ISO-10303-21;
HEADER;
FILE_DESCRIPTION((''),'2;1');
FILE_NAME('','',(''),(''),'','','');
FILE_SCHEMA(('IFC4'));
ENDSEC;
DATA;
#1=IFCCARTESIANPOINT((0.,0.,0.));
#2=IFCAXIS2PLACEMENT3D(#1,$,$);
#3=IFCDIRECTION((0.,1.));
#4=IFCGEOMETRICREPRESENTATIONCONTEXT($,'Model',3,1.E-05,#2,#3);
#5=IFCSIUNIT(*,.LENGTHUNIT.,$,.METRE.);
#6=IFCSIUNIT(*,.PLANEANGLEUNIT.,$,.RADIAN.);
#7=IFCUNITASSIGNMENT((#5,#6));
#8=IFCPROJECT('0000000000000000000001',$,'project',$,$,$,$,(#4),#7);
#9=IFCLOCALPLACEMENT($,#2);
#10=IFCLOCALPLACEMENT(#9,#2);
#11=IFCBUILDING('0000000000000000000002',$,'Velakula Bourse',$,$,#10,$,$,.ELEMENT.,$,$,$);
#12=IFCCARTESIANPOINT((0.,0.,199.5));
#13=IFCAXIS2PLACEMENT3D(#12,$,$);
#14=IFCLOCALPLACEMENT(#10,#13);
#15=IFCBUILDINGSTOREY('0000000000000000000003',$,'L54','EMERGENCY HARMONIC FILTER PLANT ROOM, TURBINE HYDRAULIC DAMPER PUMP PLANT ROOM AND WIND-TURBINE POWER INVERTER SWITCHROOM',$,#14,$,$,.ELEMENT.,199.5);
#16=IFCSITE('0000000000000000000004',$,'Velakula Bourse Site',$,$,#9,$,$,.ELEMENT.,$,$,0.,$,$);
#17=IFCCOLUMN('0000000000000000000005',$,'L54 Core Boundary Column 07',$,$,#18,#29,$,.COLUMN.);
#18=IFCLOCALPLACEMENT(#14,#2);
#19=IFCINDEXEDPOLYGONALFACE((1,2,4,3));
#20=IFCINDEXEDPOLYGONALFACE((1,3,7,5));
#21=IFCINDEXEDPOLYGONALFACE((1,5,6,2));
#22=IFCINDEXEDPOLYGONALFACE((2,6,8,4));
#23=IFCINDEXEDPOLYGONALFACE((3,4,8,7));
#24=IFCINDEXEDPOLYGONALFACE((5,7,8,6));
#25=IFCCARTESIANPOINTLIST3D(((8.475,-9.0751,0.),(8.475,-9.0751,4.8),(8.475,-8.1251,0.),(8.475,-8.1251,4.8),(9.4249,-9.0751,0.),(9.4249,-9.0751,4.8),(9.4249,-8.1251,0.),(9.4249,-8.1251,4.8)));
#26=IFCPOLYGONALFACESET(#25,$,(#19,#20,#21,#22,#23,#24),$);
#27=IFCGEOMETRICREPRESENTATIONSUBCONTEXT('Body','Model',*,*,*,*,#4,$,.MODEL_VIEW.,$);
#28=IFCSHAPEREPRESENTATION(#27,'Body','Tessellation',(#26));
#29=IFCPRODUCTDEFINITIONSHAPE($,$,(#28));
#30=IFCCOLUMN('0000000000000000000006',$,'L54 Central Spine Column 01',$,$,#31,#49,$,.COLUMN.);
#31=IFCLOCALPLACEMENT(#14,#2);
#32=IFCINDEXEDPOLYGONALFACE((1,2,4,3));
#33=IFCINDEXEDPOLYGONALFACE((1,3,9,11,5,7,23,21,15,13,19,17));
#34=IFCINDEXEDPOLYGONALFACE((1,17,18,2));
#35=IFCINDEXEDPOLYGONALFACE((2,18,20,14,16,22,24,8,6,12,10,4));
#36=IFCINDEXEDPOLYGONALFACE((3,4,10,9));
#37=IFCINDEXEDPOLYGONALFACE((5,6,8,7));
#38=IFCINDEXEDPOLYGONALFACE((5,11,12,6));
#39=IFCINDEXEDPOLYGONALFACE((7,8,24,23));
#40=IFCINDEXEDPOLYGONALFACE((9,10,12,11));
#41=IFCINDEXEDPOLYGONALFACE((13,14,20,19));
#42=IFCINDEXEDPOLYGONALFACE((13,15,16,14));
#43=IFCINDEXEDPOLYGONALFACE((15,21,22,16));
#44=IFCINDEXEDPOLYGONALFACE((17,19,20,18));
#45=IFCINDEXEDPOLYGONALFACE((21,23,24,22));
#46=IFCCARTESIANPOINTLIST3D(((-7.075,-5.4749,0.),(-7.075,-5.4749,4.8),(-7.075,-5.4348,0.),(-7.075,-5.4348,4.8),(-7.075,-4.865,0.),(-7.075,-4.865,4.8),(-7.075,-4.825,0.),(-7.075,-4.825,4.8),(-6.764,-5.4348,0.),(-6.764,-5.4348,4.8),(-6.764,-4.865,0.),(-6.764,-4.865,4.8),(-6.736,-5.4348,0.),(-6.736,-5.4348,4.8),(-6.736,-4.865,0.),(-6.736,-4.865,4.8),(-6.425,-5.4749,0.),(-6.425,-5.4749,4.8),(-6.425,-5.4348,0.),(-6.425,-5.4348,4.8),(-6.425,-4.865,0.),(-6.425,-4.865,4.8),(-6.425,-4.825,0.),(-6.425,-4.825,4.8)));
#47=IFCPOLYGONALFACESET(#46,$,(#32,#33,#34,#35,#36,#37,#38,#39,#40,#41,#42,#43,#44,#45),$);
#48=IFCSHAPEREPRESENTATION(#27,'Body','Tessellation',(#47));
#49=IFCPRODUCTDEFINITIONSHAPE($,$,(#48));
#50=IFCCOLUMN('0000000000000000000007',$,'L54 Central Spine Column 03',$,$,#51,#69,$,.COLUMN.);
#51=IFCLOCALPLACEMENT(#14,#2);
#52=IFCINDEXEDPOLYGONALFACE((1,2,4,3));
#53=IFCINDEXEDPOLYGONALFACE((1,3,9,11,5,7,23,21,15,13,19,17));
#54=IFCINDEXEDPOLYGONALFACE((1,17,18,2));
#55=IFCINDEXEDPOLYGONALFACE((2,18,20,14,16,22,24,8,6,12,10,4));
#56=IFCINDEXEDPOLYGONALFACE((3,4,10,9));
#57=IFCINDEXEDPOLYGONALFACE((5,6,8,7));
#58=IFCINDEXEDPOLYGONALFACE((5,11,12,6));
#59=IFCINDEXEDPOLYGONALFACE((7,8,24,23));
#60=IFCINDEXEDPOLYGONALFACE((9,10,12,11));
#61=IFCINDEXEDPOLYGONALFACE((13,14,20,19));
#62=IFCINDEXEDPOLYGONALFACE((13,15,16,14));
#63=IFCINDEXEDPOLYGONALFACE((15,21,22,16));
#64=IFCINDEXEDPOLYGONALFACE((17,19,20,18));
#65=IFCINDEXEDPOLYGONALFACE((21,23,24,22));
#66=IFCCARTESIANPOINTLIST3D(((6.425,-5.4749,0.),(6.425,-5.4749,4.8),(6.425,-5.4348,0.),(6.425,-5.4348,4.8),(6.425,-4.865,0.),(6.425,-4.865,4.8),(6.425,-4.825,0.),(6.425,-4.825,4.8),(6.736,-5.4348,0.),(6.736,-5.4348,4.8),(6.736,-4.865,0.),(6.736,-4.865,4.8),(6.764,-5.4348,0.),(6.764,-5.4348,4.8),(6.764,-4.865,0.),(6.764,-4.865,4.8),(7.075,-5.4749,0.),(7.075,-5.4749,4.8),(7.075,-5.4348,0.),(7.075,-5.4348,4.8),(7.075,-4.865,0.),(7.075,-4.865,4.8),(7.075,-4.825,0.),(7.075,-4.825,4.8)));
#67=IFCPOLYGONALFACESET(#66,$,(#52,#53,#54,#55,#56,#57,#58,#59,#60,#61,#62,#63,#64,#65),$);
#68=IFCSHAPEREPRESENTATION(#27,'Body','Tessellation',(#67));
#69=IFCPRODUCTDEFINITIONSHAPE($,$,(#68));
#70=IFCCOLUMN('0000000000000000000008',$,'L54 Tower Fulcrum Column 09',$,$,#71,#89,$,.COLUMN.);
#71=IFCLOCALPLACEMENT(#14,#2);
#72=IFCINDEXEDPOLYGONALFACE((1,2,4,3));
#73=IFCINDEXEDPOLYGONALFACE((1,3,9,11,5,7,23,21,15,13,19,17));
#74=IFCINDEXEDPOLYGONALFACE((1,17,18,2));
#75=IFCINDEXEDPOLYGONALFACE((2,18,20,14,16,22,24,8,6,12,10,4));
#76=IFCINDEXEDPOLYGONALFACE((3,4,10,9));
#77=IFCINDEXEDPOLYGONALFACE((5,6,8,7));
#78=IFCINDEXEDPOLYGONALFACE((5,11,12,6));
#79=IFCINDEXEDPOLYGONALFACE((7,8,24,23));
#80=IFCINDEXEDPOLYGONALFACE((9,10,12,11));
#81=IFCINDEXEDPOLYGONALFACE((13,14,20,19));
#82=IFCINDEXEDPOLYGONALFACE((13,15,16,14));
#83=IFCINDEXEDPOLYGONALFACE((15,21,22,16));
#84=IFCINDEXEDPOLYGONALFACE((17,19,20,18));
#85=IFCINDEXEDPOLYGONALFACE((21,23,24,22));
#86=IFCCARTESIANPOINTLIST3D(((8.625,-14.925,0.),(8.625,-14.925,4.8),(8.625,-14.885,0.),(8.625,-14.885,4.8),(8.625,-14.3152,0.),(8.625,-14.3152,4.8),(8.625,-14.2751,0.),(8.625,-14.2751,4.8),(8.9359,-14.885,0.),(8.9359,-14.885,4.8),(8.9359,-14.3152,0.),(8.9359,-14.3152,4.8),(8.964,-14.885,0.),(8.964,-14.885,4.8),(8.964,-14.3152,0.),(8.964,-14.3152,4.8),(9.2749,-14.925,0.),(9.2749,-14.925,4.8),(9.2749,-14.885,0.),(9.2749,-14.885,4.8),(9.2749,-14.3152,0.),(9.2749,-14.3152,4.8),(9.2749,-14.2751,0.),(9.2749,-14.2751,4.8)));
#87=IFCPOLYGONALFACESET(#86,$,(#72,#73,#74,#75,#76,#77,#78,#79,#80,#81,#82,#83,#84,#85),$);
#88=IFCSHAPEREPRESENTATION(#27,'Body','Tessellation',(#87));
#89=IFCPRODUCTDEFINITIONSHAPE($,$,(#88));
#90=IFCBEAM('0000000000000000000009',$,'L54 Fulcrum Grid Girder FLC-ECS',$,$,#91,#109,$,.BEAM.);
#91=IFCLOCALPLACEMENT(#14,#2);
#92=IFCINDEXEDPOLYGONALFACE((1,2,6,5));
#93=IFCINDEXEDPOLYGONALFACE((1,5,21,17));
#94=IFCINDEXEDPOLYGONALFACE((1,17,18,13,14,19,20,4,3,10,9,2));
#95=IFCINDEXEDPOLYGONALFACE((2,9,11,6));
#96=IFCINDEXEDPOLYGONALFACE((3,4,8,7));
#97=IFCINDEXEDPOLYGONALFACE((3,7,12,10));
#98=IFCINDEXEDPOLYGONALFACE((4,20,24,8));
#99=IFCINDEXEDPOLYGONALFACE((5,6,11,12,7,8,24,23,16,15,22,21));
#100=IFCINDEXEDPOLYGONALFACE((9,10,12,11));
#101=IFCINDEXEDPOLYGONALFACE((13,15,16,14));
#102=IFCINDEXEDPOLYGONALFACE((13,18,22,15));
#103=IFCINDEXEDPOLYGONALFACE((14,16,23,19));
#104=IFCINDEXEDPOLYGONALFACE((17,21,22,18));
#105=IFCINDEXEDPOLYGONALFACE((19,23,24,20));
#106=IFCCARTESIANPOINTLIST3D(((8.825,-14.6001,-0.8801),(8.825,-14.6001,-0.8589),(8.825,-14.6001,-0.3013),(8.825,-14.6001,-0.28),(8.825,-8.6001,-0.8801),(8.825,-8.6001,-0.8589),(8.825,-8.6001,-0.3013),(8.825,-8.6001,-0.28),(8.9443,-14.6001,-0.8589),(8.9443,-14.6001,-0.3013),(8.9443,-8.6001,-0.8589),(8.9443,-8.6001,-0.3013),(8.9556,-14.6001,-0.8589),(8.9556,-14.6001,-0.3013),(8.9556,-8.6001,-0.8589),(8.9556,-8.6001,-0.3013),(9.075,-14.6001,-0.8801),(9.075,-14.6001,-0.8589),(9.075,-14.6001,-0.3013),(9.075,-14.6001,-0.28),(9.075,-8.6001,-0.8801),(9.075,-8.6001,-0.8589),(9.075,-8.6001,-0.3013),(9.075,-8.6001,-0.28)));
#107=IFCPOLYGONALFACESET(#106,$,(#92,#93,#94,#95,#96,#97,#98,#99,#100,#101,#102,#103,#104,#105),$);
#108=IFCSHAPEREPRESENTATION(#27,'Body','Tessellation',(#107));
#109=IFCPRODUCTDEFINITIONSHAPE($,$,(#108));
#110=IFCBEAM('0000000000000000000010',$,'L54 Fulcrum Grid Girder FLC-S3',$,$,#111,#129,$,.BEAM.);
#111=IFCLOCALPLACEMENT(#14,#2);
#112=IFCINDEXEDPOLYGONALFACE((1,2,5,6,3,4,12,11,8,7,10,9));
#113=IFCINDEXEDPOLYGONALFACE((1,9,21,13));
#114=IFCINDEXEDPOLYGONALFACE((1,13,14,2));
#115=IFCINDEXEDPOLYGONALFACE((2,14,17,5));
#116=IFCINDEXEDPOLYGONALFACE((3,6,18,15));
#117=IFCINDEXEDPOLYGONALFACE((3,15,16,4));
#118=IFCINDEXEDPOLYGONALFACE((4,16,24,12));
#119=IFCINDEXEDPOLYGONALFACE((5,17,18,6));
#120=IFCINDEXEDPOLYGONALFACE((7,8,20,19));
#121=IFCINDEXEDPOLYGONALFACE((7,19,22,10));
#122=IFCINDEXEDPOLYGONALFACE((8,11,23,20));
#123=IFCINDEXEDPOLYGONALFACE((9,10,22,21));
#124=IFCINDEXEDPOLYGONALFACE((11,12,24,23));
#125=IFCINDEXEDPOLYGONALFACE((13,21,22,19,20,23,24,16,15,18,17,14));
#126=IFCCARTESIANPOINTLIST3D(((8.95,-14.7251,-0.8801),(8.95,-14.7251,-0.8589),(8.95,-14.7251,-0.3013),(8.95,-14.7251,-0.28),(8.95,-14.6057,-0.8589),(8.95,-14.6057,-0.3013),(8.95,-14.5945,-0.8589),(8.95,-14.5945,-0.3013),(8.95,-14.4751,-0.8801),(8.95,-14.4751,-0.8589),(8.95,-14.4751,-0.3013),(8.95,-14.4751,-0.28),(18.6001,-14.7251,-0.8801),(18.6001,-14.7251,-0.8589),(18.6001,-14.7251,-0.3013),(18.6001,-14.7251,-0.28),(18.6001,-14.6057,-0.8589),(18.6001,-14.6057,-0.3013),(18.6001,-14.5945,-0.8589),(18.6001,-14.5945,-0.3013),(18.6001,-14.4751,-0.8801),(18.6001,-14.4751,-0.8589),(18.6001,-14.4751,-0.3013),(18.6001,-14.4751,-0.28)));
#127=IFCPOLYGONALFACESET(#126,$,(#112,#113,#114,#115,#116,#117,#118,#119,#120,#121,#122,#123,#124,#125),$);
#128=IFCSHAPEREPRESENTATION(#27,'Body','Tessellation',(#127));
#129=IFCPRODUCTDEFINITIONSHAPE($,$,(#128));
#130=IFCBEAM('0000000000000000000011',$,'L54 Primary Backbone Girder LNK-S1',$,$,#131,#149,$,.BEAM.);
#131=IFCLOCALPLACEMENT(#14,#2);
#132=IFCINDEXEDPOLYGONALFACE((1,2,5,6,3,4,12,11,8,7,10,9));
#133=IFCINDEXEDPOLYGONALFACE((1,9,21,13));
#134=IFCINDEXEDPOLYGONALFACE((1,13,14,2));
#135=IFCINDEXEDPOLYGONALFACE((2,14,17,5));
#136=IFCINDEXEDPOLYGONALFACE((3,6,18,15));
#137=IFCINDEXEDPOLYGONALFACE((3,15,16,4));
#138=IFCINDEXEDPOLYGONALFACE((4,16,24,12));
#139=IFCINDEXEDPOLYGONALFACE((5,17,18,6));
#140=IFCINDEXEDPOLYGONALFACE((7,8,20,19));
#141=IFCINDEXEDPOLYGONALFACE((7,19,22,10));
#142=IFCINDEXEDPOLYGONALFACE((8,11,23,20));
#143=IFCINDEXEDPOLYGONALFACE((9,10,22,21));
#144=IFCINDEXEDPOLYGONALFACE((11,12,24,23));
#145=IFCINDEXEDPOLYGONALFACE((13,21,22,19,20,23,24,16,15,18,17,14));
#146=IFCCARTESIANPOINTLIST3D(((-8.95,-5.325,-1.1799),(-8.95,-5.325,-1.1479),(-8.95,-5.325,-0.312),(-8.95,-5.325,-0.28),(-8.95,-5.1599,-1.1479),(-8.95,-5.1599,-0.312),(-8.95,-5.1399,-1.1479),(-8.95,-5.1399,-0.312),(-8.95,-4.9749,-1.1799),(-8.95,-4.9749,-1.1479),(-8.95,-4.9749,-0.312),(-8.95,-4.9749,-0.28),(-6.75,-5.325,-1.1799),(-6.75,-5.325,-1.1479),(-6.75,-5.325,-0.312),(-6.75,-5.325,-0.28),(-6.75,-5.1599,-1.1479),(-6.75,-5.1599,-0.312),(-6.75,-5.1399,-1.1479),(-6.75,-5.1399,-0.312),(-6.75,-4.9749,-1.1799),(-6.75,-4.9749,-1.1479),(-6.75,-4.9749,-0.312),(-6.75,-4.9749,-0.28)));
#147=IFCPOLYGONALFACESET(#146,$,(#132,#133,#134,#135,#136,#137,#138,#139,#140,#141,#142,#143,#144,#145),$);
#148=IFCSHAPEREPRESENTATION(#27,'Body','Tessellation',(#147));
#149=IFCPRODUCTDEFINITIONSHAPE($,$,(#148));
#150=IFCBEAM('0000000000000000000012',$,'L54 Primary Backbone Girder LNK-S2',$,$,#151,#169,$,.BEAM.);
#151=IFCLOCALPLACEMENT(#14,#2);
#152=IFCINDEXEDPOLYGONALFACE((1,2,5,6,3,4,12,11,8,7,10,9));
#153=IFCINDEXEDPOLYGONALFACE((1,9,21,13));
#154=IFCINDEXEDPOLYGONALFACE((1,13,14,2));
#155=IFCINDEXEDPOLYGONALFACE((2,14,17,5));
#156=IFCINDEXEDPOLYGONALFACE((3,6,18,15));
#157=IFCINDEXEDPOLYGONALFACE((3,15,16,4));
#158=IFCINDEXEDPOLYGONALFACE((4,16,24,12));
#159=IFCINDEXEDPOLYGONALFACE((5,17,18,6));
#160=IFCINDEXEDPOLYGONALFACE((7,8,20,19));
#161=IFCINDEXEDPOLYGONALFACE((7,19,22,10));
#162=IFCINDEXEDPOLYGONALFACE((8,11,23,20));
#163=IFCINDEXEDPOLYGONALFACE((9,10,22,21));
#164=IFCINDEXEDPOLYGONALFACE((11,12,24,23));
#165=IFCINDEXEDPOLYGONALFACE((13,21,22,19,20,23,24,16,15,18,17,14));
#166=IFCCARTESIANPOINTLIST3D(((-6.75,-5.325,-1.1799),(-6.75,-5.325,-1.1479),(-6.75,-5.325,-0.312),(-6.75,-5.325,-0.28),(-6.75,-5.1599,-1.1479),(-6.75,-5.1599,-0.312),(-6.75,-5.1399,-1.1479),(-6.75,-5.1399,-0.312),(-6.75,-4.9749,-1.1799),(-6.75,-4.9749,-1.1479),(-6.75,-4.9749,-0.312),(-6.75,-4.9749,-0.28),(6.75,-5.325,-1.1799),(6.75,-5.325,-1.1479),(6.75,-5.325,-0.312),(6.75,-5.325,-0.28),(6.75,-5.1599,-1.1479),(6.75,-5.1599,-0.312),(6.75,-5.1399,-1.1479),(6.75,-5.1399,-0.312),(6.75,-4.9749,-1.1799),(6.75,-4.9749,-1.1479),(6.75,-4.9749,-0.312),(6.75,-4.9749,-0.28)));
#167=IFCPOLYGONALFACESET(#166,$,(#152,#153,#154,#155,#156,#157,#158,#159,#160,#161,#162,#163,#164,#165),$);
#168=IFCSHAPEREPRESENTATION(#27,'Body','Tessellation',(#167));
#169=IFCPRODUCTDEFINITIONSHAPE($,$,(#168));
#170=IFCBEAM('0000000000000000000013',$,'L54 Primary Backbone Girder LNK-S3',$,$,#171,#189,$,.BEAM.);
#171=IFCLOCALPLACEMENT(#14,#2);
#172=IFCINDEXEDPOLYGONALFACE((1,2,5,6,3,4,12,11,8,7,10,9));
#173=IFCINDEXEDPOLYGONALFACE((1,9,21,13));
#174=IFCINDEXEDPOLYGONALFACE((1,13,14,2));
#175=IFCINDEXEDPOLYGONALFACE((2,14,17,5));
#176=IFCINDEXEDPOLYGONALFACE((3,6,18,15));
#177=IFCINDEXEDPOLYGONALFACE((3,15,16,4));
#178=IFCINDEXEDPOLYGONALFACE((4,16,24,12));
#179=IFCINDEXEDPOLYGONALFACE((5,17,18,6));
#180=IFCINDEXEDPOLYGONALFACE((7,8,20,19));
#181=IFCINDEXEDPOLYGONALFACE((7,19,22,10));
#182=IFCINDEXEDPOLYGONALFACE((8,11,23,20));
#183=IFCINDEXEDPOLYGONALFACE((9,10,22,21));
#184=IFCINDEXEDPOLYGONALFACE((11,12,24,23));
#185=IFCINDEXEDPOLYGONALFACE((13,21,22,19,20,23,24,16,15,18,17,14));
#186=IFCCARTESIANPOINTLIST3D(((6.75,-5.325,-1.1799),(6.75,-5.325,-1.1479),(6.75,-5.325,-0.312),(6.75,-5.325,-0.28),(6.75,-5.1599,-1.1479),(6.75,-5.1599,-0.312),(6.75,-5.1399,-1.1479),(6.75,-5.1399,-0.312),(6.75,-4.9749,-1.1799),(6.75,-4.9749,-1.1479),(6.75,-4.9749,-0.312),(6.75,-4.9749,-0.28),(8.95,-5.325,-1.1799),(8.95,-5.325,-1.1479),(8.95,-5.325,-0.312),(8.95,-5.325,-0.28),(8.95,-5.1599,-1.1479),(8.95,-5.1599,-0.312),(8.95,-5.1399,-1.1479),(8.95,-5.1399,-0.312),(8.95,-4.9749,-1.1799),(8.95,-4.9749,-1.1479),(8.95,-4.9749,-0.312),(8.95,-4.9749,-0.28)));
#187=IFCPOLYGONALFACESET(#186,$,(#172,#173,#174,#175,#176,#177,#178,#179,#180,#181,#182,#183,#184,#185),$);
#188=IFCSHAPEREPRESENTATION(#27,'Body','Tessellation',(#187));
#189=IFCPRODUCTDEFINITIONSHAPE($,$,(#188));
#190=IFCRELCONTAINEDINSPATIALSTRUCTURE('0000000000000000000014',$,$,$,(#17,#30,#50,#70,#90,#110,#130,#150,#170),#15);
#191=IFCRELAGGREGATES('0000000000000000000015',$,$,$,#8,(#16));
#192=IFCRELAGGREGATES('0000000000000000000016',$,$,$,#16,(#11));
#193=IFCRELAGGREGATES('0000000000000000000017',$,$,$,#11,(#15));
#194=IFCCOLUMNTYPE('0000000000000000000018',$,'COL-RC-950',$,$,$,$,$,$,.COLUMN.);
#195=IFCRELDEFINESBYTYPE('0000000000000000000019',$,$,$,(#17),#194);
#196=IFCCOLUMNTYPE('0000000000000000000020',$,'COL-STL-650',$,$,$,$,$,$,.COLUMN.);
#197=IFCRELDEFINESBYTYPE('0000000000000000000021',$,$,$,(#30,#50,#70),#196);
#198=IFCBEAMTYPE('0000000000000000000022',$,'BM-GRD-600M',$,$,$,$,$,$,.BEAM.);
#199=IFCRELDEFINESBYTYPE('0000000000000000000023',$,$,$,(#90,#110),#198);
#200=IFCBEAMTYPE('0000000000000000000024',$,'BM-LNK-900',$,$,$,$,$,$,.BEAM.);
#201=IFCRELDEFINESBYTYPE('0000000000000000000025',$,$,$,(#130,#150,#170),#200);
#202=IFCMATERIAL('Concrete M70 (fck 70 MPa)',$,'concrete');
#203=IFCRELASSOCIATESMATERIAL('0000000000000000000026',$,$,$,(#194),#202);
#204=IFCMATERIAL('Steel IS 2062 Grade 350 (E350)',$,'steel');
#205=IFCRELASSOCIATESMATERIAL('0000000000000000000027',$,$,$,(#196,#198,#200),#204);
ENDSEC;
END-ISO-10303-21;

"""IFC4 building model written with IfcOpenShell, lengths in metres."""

from ifc_helpers import new_model, si_unit, direction, frame, origin, origin_2d, place, context, subcontext, project, spatial, rectangle, i_section, extrude, material, material_profile, profile_set, type_object, element, save


model = new_model("IFC4")

# Units and contexts
model_context = context("Model", 3, precision=1e-05, world=origin(), true_north=direction((0.0, 1.0)))
body_context = subcontext(model_context, "Body", "Model", "MODEL_VIEW")
ifc_project = project(units=[si_unit("LENGTHUNIT", "METRE"), si_unit("PLANEANGLEUNIT", "RADIAN")], contexts=[model_context])

# Site, building, storey
site_placement = place(None, origin())
site = spatial("IfcSite", under=ifc_project, at=site_placement, Name="Velakula Bourse Site", CompositionType="ELEMENT", RefElevation=0.0)
building_placement = place(site_placement, origin())
building = spatial("IfcBuilding", under=site, at=building_placement, Name="Velakula Bourse", CompositionType="ELEMENT")
storey_placement = place(building_placement, frame((0.0, 0.0, 199.5)))
storey = spatial("IfcBuildingStorey", under=building, at=storey_placement, Name="L54", Description="EMERGENCY HARMONIC FILTER PLANT ROOM, TURBINE HYDRAULIC DAMPER PUMP PLANT ROOM AND WIND-TURBINE POWER INVERTER SWITCHROOM", CompositionType="ELEMENT", Elevation=199.5)

# Columns
ifc_material_1 = material(Name="Concrete M70 (fck 70 MPa)", Category="concrete")
ifc_material_profile_1 = material_profile(ifc_material_1, rectangle(XDim=0.95, YDim=0.95, at=origin_2d()), Name="Concrete M70 (fck 70 MPa)")
ifc_profile_set_1 = profile_set([ifc_material_profile_1], Name="Concrete M70 (fck 70 MPa)")
column_type_1 = type_object("IfcColumnType", Name="COL-RC-950", PredefinedType="COLUMN", material=ifc_profile_set_1)
column_placement = place(storey_placement, frame((8.95, -8.6001, 0.0), z_axis=(0.0, 0.0, 1.0), x_axis=(1.0, 0.0, 0.0)))
element("IfcColumn", 1, at=column_placement, inside=storey, type_object=column_type_1, Name="L54 Core Boundary Column 07", PredefinedType="COLUMN", context=body_context, shape_type="SweptSolid", body=[
    extrude(rectangle(XDim=0.95, YDim=0.95, at=origin_2d()), origin(), (0.0, 0.0, 1.0), 4.8),
])
ifc_material_2 = material(Name="Steel IS 2062 Grade 350 (E350)", Category="steel")
ifc_material_profile_2 = material_profile(ifc_material_2, i_section(OverallWidth=0.6499, OverallDepth=0.6499, WebThickness=0.0281, FlangeThickness=0.04, at=origin_2d()), Name="Steel IS 2062 Grade 350 (E350)")
ifc_profile_set_2 = profile_set([ifc_material_profile_2], Name="Steel IS 2062 Grade 350 (E350)")
column_type_2 = type_object("IfcColumnType", Name="COL-STL-650", PredefinedType="COLUMN", material=ifc_profile_set_2)
for number, where, z_axis, x_axis, name in (
    (2, (-6.75, -5.1499, 0.0), (0.0, 0.0, 1.0), (1.0, 0.0, 0.0), "L54 Central Spine Column 01"),
    (3, (6.75, -5.1499, 0.0), (0.0, 0.0, 1.0), (1.0, 0.0, 0.0), "L54 Central Spine Column 03"),
    (4, (8.95, -14.6001, 0.0), (0.0, 0.0, 1.0), (1.0, 0.0, 0.0), "L54 Tower Fulcrum Column 09"),
):
    element("IfcColumn", number, at=place(storey_placement, frame(where, z_axis=z_axis, x_axis=x_axis)), inside=storey, type_object=column_type_2, Name=name, PredefinedType="COLUMN", context=body_context, shape_type="SweptSolid", body=[
        extrude(i_section(OverallWidth=0.6499, OverallDepth=0.6499, WebThickness=0.0281, FlangeThickness=0.04, at=origin_2d()), origin(), (0.0, 0.0, 1.0), 4.8),
    ])

# Beams
ifc_material_profile_3 = material_profile(ifc_material_2, i_section(OverallWidth=0.25, OverallDepth=0.6001, WebThickness=0.0112, FlangeThickness=0.0212, at=origin_2d()), Name="Steel IS 2062 Grade 350 (E350)")
ifc_profile_set_3 = profile_set([ifc_material_profile_3], Name="Steel IS 2062 Grade 350 (E350)")
beam_type_1 = type_object("IfcBeamType", Name="BM-GRD-600M", PredefinedType="BEAM", material=ifc_profile_set_3)
beam_1_placement = place(storey_placement, frame((8.95, -14.6001, -0.5801), z_axis=(0.0, 1.0, 0.0), x_axis=(-1.0, 0.0, 0.0)))
element("IfcBeam", 5, at=beam_1_placement, inside=storey, type_object=beam_type_1, Name="L54 Fulcrum Grid Girder FLC-ECS", PredefinedType="BEAM", context=body_context, shape_type="SweptSolid", body=[
    extrude(i_section(OverallWidth=0.25, OverallDepth=0.6001, WebThickness=0.0112, FlangeThickness=0.0212, at=origin_2d()), origin(), (0.0, 0.0, 1.0), 6.0),
])
beam_2_placement = place(storey_placement, frame((8.95, -14.6001, -0.5801), z_axis=(1.0, 0.0, 0.0), x_axis=(0.0, 1.0, 0.0)))
element("IfcBeam", 6, at=beam_2_placement, inside=storey, type_object=beam_type_1, Name="L54 Fulcrum Grid Girder FLC-S3", PredefinedType="BEAM", context=body_context, shape_type="SweptSolid", body=[
    extrude(i_section(OverallWidth=0.25, OverallDepth=0.6001, WebThickness=0.0112, FlangeThickness=0.0212, at=origin_2d()), origin(), (0.0, 0.0, 1.0), 9.6501),
])
ifc_material_profile_4 = material_profile(ifc_material_2, i_section(OverallWidth=0.3501, OverallDepth=0.8999, WebThickness=0.02, FlangeThickness=0.032, at=origin_2d()), Name="Steel IS 2062 Grade 350 (E350)")
ifc_profile_set_4 = profile_set([ifc_material_profile_4], Name="Steel IS 2062 Grade 350 (E350)")
beam_type_2 = type_object("IfcBeamType", Name="BM-LNK-900", PredefinedType="BEAM", material=ifc_profile_set_4)
beam_3_placement = place(storey_placement, frame((-8.95, -5.1499, -0.73), z_axis=(1.0, 0.0, 0.0), x_axis=(0.0, 1.0, 0.0)))
element("IfcBeam", 7, at=beam_3_placement, inside=storey, type_object=beam_type_2, Name="L54 Primary Backbone Girder LNK-S1", PredefinedType="BEAM", context=body_context, shape_type="SweptSolid", body=[
    extrude(i_section(OverallWidth=0.3501, OverallDepth=0.8999, WebThickness=0.02, FlangeThickness=0.032, at=origin_2d()), origin(), (0.0, 0.0, 1.0), 2.2),
])
beam_4_placement = place(storey_placement, frame((-6.75, -5.1499, -0.73), z_axis=(1.0, 0.0, 0.0), x_axis=(0.0, 1.0, 0.0)))
element("IfcBeam", 8, at=beam_4_placement, inside=storey, type_object=beam_type_2, Name="L54 Primary Backbone Girder LNK-S2", PredefinedType="BEAM", context=body_context, shape_type="SweptSolid", body=[
    extrude(i_section(OverallWidth=0.3501, OverallDepth=0.8999, WebThickness=0.02, FlangeThickness=0.032, at=origin_2d()), origin(), (0.0, 0.0, 1.0), 13.5),
])
beam_5_placement = place(storey_placement, frame((6.75, -5.1499, -0.73), z_axis=(1.0, 0.0, 0.0), x_axis=(0.0, 1.0, 0.0)))
element("IfcBeam", 9, at=beam_5_placement, inside=storey, type_object=beam_type_2, Name="L54 Primary Backbone Girder LNK-S3", PredefinedType="BEAM", context=body_context, shape_type="SweptSolid", body=[
    extrude(i_section(OverallWidth=0.3501, OverallDepth=0.8999, WebThickness=0.02, FlangeThickness=0.032, at=origin_2d()), origin(), (0.0, 0.0, 1.0), 2.2),
])

save(model, "model.ifc")
